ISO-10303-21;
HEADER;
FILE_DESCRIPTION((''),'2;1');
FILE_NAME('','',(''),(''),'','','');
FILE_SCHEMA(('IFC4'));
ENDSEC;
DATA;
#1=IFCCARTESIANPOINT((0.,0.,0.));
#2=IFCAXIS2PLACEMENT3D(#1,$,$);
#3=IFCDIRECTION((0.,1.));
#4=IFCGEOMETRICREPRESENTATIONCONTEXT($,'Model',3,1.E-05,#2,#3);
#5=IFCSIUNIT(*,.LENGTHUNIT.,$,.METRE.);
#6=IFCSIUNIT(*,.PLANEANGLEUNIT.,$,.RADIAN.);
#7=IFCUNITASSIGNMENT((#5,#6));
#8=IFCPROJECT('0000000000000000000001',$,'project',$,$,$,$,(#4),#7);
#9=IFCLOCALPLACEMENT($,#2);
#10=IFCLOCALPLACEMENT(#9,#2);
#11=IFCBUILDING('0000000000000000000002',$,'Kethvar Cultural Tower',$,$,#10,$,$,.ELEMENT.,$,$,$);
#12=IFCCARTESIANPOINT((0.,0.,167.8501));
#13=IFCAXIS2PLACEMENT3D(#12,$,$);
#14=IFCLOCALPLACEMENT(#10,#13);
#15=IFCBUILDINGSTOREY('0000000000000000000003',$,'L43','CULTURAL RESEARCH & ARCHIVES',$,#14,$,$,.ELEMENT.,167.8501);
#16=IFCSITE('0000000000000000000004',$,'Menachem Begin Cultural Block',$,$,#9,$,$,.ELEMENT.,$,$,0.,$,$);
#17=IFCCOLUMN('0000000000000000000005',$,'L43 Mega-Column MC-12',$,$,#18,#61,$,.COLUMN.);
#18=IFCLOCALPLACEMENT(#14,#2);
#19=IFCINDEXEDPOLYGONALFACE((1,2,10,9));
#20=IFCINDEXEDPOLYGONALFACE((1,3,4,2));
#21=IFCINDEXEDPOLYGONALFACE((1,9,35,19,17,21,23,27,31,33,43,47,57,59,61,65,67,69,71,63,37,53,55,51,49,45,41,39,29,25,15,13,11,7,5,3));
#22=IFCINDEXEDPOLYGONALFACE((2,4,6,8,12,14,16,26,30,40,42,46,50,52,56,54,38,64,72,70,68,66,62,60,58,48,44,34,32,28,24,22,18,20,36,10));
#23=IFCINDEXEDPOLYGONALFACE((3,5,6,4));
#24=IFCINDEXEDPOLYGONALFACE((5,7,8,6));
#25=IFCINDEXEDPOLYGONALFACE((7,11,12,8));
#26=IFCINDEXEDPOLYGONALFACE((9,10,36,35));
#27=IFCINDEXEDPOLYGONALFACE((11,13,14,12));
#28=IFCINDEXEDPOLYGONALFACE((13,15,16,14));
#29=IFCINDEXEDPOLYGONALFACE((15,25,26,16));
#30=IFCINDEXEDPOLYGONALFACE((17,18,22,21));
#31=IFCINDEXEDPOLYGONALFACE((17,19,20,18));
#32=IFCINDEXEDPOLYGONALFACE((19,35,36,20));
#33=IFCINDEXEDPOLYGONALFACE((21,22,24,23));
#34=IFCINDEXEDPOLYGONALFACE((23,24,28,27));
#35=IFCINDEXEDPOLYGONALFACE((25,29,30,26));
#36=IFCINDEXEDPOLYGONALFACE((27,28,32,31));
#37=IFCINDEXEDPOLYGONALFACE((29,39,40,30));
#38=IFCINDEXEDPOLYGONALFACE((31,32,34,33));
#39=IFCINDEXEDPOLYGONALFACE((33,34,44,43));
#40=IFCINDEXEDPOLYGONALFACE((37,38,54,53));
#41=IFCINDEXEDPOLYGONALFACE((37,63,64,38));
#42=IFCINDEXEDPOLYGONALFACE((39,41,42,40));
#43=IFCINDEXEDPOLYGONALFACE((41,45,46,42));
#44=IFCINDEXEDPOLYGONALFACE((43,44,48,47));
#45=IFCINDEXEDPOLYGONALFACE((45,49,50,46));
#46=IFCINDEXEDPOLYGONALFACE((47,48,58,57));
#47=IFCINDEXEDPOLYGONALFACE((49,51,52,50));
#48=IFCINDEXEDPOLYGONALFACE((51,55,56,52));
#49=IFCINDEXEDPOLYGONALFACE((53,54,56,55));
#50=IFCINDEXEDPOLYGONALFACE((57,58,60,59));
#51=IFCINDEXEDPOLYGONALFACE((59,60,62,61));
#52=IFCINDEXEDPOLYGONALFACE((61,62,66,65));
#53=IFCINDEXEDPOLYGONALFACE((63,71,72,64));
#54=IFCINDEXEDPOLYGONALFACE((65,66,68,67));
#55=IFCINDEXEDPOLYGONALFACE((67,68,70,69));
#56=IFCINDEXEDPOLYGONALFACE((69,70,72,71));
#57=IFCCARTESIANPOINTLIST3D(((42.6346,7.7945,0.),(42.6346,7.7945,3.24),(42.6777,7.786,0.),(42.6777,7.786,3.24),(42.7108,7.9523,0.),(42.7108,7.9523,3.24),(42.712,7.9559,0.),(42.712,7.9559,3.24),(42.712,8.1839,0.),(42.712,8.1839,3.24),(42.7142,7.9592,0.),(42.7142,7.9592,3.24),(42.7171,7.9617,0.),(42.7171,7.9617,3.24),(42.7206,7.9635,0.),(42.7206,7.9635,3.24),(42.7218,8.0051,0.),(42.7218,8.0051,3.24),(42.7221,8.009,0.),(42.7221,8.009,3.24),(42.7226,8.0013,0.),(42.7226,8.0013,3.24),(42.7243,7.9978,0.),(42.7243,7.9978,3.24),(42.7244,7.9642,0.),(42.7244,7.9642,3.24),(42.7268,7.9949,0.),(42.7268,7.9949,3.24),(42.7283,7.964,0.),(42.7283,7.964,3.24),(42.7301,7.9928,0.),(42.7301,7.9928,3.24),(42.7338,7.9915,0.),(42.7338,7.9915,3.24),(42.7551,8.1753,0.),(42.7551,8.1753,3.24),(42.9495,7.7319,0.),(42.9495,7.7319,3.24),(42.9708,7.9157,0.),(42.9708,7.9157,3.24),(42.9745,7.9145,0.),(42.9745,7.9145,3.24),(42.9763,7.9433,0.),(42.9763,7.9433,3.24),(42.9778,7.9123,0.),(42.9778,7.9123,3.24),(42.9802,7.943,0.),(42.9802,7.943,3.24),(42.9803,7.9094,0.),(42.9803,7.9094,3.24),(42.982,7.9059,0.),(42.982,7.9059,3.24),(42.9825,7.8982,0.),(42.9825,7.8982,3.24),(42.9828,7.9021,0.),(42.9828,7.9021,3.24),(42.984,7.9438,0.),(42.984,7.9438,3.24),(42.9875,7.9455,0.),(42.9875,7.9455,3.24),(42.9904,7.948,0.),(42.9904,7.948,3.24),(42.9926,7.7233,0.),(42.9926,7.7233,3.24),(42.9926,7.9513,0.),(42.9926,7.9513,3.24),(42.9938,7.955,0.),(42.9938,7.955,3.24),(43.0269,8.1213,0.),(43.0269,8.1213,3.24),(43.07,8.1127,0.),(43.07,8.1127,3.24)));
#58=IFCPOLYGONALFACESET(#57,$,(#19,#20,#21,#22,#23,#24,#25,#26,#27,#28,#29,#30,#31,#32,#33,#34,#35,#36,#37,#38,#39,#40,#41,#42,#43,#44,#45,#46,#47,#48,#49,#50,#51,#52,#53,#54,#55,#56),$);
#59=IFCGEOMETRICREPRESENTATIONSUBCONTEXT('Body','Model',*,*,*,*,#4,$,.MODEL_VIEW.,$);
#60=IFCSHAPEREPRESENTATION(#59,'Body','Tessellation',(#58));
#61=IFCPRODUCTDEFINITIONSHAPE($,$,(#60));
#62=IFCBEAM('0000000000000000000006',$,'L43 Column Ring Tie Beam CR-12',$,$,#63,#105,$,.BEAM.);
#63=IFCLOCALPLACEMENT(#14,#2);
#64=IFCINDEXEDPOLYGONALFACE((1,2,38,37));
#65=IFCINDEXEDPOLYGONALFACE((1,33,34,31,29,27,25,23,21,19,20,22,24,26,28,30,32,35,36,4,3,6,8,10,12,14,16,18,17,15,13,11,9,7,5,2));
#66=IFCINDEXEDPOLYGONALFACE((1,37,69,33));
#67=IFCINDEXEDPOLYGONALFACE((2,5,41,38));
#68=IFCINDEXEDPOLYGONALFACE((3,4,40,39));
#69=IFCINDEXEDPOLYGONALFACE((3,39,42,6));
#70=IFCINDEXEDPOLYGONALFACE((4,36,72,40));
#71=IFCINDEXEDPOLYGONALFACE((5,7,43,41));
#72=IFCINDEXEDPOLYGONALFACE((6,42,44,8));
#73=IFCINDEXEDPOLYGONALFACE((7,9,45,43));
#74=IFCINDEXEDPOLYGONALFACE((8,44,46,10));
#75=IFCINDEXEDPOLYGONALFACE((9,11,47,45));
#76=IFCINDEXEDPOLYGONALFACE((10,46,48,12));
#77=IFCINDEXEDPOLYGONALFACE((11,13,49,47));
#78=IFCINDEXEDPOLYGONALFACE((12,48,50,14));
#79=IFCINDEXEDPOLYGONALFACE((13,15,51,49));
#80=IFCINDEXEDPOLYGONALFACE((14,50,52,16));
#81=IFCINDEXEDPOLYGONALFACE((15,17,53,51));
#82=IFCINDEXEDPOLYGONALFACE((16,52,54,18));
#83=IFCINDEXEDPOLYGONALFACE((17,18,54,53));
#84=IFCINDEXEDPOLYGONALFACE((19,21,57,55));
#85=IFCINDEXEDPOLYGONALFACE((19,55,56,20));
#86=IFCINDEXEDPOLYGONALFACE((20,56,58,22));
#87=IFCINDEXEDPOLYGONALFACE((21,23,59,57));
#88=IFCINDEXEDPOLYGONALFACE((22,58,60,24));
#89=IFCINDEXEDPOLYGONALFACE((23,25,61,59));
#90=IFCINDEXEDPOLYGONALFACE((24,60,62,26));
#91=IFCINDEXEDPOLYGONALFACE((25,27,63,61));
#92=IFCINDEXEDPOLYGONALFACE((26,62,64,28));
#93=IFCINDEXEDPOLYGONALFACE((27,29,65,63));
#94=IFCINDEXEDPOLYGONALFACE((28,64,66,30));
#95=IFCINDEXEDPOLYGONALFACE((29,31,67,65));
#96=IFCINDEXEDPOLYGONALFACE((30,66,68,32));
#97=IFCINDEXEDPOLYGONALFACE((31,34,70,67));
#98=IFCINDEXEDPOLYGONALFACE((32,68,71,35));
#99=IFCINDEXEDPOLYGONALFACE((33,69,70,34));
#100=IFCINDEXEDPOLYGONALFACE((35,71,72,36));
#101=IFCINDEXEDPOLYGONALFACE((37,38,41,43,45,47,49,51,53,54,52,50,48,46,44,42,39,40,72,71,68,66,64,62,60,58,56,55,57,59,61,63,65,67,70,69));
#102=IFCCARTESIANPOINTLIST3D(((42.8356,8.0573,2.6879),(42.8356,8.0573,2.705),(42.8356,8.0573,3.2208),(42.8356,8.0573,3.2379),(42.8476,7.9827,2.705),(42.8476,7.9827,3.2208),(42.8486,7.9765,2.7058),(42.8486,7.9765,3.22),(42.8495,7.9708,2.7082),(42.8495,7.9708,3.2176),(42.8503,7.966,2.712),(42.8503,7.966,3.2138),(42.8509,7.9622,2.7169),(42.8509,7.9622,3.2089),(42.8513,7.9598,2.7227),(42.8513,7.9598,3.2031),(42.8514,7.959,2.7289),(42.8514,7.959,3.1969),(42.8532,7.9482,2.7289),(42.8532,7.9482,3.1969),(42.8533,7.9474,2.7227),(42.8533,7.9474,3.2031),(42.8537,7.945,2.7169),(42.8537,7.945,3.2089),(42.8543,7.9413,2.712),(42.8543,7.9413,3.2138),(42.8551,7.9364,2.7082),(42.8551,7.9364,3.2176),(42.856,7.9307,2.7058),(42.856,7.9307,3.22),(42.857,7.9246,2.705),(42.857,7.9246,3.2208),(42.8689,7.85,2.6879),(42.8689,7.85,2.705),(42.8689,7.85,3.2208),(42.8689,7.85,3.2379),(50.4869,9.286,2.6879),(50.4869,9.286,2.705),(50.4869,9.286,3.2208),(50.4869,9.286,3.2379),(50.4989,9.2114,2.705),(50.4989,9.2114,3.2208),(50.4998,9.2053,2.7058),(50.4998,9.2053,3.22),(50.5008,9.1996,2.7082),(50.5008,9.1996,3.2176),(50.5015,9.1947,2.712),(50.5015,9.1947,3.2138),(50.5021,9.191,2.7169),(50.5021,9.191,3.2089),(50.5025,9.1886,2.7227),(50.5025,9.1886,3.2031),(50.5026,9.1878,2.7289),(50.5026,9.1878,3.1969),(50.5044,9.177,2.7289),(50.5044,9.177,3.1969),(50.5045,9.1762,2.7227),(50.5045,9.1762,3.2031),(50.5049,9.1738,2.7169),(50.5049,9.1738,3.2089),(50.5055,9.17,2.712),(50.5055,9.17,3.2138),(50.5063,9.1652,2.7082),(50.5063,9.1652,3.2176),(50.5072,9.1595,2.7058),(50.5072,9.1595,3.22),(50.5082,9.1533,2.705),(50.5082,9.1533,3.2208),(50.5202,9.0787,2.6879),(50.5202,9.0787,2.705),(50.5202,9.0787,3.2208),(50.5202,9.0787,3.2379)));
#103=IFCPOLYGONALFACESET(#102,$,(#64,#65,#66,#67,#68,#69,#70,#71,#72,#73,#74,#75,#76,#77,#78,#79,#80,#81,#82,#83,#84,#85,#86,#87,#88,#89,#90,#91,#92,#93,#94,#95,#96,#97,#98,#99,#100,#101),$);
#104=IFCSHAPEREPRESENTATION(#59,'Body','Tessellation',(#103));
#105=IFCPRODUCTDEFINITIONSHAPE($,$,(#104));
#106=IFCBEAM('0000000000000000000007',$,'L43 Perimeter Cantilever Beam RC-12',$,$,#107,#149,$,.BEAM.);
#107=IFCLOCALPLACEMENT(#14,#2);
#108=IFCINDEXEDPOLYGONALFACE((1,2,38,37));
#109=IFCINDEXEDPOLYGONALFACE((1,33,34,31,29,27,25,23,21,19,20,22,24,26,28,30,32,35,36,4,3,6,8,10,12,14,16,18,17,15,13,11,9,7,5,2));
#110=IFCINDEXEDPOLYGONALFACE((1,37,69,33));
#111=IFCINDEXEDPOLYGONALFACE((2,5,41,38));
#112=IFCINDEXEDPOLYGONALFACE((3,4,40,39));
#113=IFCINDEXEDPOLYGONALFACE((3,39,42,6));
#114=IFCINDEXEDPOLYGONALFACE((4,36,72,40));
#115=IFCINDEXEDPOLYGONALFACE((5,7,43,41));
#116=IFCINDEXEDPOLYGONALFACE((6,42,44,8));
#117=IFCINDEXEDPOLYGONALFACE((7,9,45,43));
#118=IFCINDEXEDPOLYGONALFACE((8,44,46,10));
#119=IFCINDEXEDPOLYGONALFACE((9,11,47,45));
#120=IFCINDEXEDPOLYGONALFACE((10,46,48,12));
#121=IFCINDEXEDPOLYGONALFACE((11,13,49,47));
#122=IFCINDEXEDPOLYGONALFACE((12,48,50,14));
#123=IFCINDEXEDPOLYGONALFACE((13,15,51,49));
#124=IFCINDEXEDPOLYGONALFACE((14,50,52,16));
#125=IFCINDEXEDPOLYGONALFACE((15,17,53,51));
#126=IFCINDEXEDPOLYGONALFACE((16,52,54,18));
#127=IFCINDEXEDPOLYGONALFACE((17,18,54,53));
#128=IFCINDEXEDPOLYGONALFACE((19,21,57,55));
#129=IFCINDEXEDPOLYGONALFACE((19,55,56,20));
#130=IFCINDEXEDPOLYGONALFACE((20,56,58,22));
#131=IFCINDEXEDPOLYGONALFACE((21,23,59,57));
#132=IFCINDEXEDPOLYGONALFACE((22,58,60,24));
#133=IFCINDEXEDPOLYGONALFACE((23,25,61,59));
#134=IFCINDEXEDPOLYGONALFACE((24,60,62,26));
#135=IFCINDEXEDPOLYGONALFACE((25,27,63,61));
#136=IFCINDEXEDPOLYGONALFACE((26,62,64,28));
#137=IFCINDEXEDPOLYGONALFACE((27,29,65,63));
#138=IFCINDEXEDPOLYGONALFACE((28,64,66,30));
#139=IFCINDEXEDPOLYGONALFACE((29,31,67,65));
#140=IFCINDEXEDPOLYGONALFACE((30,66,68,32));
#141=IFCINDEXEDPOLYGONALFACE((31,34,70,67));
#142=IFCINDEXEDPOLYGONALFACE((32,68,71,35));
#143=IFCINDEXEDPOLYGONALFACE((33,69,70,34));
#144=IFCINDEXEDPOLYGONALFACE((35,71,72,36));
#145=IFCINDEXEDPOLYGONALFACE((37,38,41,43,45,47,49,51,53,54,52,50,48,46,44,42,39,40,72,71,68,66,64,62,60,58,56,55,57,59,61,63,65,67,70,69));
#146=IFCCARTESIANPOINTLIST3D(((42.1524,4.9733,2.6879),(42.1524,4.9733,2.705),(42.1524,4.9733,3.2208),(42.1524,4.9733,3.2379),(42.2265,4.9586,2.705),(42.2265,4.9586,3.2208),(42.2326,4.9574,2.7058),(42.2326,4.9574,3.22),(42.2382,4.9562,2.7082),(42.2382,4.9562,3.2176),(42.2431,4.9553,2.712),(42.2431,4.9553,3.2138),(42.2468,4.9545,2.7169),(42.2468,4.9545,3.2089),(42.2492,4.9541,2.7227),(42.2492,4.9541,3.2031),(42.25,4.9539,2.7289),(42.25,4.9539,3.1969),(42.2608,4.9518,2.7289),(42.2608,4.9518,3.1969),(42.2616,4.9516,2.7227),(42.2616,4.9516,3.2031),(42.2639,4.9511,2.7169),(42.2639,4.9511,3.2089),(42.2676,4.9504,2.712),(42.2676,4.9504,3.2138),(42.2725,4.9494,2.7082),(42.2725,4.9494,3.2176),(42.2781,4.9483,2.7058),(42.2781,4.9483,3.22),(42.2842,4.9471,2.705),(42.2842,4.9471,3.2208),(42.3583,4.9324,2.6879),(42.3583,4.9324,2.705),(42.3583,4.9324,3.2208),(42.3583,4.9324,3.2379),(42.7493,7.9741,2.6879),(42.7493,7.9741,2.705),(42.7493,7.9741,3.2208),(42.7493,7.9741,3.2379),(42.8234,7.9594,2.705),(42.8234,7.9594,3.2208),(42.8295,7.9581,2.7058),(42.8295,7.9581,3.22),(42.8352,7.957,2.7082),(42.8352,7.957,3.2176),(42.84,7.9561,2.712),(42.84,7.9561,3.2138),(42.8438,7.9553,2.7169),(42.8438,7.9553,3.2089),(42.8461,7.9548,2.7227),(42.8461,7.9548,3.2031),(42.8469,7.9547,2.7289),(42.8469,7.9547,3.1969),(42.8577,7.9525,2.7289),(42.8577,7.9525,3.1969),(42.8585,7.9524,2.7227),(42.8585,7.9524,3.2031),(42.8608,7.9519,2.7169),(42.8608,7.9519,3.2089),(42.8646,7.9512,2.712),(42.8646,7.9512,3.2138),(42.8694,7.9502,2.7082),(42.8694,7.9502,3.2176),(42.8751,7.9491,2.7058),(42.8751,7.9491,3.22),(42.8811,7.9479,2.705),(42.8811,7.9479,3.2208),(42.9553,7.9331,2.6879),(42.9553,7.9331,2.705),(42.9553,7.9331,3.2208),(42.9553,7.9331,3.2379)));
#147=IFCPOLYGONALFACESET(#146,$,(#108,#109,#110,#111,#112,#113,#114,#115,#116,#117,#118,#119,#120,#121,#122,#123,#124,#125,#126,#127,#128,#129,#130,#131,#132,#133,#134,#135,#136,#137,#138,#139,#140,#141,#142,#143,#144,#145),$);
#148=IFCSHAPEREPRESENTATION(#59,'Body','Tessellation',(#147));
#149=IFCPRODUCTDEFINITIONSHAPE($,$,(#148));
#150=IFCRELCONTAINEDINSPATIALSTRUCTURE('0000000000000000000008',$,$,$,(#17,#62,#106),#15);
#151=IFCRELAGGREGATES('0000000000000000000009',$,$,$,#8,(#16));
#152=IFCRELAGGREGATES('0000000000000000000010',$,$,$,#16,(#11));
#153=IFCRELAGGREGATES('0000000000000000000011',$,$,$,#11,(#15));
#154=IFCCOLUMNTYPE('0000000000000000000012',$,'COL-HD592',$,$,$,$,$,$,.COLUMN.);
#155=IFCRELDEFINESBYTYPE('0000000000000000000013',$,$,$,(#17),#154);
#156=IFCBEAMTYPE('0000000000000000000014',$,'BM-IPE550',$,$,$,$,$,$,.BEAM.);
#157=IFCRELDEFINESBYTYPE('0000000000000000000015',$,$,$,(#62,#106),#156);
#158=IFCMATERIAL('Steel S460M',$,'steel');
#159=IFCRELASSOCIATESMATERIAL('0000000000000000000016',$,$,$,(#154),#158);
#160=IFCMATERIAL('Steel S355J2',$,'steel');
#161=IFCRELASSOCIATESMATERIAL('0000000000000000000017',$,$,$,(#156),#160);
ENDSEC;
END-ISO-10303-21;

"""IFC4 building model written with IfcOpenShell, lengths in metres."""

from ifc_helpers import new_model, si_unit, direction, frame, origin, origin_2d, place, context, subcontext, project, spatial, i_section, extrude, source, transform, mapped, material, material_profile, profile_set, type_object, element, save


model = new_model("IFC4")

# Units and contexts
model_context = context("Model", 3, precision=1e-05, world=origin(), true_north=direction((0.0, 1.0)))
body_context = subcontext(model_context, "Body", "Model", "MODEL_VIEW")
ifc_project = project(units=[si_unit("LENGTHUNIT", "METRE"), si_unit("PLANEANGLEUNIT", "RADIAN")], contexts=[model_context])

# Site, building, storey
site_placement = place(None, origin())
site = spatial("IfcSite", under=ifc_project, at=site_placement, Name="Menachem Begin Cultural Block", CompositionType="ELEMENT", RefElevation=0.0)
building_placement = place(site_placement, origin())
building = spatial("IfcBuilding", under=site, at=building_placement, Name="Kethvar Cultural Tower", CompositionType="ELEMENT")
storey_placement = place(building_placement, frame((0.0, 0.0, 167.8501)))
storey = spatial("IfcBuildingStorey", under=building, at=storey_placement, Name="L43", Description="CULTURAL RESEARCH & ARCHIVES", CompositionType="ELEMENT", Elevation=167.8501)

# Column
ifc_material_1 = material(Name="Steel S460M", Category="steel")
ifc_material_profile_1 = material_profile(ifc_material_1, i_section(OverallWidth=0.397, OverallDepth=0.365, WebThickness=0.0281, FlangeThickness=0.0439, FilletRadius=0.0149, at=origin_2d()), Name="Steel S460M — HD400x592")
ifc_profile_set_1 = profile_set([ifc_material_profile_1], Name="Steel S460M — HD400x592")
column_type = type_object("IfcColumnType", Name="COL-HD592", PredefinedType="COLUMN", material=ifc_profile_set_1)
shared_shape_1 = source(origin(), body_context, "Body", "SweptSolid", [
    extrude(i_section(OverallWidth=0.397, OverallDepth=0.365, WebThickness=0.0281, FlangeThickness=0.0439, FilletRadius=0.0149, at=origin_2d()), origin(), (0.0, 0.0, 1.0), 3.24),
])
column_placement = place(storey_placement, frame((42.8523, 7.9536, 0.0), z_axis=(0.0, 0.0, 1.0), x_axis=(-0.19509, -0.980785, 0.0)))
element("IfcColumn", 1, at=column_placement, inside=storey, type_object=column_type, Name="L43 Mega-Column MC-12", PredefinedType="COLUMN", context=body_context, shape_type="MappedRepresentation", body=[
    mapped(shared_shape_1, transform((0.0, 0.0, 0.0), scale=1.0)),
])

# Beams
ifc_material_2 = material(Name="Steel S355J2", Category="steel")
ifc_material_profile_2 = material_profile(ifc_material_2, i_section(OverallWidth=0.21, OverallDepth=0.55, WebThickness=0.011, FlangeThickness=0.0171, FilletRadius=0.0239, at=origin_2d()), Name="Steel S355J2 — IPE550")
ifc_profile_set_2 = profile_set([ifc_material_profile_2], Name="Steel S355J2 — IPE550")
beam_type_1 = type_object("IfcBeamType", Name="BM-IPE550", PredefinedType="BEAM", material=ifc_profile_set_2)
shared_shape_2 = source(origin(), body_context, "Body", "SweptSolid", [
    extrude(i_section(OverallWidth=0.21, OverallDepth=0.55, WebThickness=0.011, FlangeThickness=0.0171, FilletRadius=0.0239, at=origin_2d()), origin(), (0.0, 0.0, 1.0), 7.7493),
])
beam_1_placement = place(storey_placement, frame((42.8523, 7.9536, 2.9629), z_axis=(0.987348, 0.158567, 0.0), x_axis=(-0.158567, 0.987348, 0.0)))
element("IfcBeam", 2, at=beam_1_placement, inside=storey, type_object=beam_type_1, Name="L43 Column Ring Tie Beam CR-12", PredefinedType="BEAM", context=body_context, shape_type="MappedRepresentation", body=[
    mapped(shared_shape_2, transform((0.0, 0.0, 0.0), scale=1.0)),
])
shared_shape_3 = source(origin(), body_context, "Body", "SweptSolid", [
    extrude(i_section(OverallWidth=0.21, OverallDepth=0.55, WebThickness=0.011, FlangeThickness=0.0171, FilletRadius=0.0239, at=origin_2d()), origin(), (0.0, 0.0, 1.0), 3.0596),
])
beam_2_placement = place(storey_placement, frame((42.8523, 7.9536, 2.9629), z_axis=(-0.195103, -0.980783, 0.0), x_axis=(0.980783, -0.195103, 0.0)))
element("IfcBeam", 3, at=beam_2_placement, inside=storey, type_object=beam_type_1, Name="L43 Perimeter Cantilever Beam RC-12", PredefinedType="BEAM", context=body_context, shape_type="MappedRepresentation", body=[
    mapped(shared_shape_3, transform((0.0, 0.0, 0.0), scale=1.0)),
])

save(model, "model.ifc")
